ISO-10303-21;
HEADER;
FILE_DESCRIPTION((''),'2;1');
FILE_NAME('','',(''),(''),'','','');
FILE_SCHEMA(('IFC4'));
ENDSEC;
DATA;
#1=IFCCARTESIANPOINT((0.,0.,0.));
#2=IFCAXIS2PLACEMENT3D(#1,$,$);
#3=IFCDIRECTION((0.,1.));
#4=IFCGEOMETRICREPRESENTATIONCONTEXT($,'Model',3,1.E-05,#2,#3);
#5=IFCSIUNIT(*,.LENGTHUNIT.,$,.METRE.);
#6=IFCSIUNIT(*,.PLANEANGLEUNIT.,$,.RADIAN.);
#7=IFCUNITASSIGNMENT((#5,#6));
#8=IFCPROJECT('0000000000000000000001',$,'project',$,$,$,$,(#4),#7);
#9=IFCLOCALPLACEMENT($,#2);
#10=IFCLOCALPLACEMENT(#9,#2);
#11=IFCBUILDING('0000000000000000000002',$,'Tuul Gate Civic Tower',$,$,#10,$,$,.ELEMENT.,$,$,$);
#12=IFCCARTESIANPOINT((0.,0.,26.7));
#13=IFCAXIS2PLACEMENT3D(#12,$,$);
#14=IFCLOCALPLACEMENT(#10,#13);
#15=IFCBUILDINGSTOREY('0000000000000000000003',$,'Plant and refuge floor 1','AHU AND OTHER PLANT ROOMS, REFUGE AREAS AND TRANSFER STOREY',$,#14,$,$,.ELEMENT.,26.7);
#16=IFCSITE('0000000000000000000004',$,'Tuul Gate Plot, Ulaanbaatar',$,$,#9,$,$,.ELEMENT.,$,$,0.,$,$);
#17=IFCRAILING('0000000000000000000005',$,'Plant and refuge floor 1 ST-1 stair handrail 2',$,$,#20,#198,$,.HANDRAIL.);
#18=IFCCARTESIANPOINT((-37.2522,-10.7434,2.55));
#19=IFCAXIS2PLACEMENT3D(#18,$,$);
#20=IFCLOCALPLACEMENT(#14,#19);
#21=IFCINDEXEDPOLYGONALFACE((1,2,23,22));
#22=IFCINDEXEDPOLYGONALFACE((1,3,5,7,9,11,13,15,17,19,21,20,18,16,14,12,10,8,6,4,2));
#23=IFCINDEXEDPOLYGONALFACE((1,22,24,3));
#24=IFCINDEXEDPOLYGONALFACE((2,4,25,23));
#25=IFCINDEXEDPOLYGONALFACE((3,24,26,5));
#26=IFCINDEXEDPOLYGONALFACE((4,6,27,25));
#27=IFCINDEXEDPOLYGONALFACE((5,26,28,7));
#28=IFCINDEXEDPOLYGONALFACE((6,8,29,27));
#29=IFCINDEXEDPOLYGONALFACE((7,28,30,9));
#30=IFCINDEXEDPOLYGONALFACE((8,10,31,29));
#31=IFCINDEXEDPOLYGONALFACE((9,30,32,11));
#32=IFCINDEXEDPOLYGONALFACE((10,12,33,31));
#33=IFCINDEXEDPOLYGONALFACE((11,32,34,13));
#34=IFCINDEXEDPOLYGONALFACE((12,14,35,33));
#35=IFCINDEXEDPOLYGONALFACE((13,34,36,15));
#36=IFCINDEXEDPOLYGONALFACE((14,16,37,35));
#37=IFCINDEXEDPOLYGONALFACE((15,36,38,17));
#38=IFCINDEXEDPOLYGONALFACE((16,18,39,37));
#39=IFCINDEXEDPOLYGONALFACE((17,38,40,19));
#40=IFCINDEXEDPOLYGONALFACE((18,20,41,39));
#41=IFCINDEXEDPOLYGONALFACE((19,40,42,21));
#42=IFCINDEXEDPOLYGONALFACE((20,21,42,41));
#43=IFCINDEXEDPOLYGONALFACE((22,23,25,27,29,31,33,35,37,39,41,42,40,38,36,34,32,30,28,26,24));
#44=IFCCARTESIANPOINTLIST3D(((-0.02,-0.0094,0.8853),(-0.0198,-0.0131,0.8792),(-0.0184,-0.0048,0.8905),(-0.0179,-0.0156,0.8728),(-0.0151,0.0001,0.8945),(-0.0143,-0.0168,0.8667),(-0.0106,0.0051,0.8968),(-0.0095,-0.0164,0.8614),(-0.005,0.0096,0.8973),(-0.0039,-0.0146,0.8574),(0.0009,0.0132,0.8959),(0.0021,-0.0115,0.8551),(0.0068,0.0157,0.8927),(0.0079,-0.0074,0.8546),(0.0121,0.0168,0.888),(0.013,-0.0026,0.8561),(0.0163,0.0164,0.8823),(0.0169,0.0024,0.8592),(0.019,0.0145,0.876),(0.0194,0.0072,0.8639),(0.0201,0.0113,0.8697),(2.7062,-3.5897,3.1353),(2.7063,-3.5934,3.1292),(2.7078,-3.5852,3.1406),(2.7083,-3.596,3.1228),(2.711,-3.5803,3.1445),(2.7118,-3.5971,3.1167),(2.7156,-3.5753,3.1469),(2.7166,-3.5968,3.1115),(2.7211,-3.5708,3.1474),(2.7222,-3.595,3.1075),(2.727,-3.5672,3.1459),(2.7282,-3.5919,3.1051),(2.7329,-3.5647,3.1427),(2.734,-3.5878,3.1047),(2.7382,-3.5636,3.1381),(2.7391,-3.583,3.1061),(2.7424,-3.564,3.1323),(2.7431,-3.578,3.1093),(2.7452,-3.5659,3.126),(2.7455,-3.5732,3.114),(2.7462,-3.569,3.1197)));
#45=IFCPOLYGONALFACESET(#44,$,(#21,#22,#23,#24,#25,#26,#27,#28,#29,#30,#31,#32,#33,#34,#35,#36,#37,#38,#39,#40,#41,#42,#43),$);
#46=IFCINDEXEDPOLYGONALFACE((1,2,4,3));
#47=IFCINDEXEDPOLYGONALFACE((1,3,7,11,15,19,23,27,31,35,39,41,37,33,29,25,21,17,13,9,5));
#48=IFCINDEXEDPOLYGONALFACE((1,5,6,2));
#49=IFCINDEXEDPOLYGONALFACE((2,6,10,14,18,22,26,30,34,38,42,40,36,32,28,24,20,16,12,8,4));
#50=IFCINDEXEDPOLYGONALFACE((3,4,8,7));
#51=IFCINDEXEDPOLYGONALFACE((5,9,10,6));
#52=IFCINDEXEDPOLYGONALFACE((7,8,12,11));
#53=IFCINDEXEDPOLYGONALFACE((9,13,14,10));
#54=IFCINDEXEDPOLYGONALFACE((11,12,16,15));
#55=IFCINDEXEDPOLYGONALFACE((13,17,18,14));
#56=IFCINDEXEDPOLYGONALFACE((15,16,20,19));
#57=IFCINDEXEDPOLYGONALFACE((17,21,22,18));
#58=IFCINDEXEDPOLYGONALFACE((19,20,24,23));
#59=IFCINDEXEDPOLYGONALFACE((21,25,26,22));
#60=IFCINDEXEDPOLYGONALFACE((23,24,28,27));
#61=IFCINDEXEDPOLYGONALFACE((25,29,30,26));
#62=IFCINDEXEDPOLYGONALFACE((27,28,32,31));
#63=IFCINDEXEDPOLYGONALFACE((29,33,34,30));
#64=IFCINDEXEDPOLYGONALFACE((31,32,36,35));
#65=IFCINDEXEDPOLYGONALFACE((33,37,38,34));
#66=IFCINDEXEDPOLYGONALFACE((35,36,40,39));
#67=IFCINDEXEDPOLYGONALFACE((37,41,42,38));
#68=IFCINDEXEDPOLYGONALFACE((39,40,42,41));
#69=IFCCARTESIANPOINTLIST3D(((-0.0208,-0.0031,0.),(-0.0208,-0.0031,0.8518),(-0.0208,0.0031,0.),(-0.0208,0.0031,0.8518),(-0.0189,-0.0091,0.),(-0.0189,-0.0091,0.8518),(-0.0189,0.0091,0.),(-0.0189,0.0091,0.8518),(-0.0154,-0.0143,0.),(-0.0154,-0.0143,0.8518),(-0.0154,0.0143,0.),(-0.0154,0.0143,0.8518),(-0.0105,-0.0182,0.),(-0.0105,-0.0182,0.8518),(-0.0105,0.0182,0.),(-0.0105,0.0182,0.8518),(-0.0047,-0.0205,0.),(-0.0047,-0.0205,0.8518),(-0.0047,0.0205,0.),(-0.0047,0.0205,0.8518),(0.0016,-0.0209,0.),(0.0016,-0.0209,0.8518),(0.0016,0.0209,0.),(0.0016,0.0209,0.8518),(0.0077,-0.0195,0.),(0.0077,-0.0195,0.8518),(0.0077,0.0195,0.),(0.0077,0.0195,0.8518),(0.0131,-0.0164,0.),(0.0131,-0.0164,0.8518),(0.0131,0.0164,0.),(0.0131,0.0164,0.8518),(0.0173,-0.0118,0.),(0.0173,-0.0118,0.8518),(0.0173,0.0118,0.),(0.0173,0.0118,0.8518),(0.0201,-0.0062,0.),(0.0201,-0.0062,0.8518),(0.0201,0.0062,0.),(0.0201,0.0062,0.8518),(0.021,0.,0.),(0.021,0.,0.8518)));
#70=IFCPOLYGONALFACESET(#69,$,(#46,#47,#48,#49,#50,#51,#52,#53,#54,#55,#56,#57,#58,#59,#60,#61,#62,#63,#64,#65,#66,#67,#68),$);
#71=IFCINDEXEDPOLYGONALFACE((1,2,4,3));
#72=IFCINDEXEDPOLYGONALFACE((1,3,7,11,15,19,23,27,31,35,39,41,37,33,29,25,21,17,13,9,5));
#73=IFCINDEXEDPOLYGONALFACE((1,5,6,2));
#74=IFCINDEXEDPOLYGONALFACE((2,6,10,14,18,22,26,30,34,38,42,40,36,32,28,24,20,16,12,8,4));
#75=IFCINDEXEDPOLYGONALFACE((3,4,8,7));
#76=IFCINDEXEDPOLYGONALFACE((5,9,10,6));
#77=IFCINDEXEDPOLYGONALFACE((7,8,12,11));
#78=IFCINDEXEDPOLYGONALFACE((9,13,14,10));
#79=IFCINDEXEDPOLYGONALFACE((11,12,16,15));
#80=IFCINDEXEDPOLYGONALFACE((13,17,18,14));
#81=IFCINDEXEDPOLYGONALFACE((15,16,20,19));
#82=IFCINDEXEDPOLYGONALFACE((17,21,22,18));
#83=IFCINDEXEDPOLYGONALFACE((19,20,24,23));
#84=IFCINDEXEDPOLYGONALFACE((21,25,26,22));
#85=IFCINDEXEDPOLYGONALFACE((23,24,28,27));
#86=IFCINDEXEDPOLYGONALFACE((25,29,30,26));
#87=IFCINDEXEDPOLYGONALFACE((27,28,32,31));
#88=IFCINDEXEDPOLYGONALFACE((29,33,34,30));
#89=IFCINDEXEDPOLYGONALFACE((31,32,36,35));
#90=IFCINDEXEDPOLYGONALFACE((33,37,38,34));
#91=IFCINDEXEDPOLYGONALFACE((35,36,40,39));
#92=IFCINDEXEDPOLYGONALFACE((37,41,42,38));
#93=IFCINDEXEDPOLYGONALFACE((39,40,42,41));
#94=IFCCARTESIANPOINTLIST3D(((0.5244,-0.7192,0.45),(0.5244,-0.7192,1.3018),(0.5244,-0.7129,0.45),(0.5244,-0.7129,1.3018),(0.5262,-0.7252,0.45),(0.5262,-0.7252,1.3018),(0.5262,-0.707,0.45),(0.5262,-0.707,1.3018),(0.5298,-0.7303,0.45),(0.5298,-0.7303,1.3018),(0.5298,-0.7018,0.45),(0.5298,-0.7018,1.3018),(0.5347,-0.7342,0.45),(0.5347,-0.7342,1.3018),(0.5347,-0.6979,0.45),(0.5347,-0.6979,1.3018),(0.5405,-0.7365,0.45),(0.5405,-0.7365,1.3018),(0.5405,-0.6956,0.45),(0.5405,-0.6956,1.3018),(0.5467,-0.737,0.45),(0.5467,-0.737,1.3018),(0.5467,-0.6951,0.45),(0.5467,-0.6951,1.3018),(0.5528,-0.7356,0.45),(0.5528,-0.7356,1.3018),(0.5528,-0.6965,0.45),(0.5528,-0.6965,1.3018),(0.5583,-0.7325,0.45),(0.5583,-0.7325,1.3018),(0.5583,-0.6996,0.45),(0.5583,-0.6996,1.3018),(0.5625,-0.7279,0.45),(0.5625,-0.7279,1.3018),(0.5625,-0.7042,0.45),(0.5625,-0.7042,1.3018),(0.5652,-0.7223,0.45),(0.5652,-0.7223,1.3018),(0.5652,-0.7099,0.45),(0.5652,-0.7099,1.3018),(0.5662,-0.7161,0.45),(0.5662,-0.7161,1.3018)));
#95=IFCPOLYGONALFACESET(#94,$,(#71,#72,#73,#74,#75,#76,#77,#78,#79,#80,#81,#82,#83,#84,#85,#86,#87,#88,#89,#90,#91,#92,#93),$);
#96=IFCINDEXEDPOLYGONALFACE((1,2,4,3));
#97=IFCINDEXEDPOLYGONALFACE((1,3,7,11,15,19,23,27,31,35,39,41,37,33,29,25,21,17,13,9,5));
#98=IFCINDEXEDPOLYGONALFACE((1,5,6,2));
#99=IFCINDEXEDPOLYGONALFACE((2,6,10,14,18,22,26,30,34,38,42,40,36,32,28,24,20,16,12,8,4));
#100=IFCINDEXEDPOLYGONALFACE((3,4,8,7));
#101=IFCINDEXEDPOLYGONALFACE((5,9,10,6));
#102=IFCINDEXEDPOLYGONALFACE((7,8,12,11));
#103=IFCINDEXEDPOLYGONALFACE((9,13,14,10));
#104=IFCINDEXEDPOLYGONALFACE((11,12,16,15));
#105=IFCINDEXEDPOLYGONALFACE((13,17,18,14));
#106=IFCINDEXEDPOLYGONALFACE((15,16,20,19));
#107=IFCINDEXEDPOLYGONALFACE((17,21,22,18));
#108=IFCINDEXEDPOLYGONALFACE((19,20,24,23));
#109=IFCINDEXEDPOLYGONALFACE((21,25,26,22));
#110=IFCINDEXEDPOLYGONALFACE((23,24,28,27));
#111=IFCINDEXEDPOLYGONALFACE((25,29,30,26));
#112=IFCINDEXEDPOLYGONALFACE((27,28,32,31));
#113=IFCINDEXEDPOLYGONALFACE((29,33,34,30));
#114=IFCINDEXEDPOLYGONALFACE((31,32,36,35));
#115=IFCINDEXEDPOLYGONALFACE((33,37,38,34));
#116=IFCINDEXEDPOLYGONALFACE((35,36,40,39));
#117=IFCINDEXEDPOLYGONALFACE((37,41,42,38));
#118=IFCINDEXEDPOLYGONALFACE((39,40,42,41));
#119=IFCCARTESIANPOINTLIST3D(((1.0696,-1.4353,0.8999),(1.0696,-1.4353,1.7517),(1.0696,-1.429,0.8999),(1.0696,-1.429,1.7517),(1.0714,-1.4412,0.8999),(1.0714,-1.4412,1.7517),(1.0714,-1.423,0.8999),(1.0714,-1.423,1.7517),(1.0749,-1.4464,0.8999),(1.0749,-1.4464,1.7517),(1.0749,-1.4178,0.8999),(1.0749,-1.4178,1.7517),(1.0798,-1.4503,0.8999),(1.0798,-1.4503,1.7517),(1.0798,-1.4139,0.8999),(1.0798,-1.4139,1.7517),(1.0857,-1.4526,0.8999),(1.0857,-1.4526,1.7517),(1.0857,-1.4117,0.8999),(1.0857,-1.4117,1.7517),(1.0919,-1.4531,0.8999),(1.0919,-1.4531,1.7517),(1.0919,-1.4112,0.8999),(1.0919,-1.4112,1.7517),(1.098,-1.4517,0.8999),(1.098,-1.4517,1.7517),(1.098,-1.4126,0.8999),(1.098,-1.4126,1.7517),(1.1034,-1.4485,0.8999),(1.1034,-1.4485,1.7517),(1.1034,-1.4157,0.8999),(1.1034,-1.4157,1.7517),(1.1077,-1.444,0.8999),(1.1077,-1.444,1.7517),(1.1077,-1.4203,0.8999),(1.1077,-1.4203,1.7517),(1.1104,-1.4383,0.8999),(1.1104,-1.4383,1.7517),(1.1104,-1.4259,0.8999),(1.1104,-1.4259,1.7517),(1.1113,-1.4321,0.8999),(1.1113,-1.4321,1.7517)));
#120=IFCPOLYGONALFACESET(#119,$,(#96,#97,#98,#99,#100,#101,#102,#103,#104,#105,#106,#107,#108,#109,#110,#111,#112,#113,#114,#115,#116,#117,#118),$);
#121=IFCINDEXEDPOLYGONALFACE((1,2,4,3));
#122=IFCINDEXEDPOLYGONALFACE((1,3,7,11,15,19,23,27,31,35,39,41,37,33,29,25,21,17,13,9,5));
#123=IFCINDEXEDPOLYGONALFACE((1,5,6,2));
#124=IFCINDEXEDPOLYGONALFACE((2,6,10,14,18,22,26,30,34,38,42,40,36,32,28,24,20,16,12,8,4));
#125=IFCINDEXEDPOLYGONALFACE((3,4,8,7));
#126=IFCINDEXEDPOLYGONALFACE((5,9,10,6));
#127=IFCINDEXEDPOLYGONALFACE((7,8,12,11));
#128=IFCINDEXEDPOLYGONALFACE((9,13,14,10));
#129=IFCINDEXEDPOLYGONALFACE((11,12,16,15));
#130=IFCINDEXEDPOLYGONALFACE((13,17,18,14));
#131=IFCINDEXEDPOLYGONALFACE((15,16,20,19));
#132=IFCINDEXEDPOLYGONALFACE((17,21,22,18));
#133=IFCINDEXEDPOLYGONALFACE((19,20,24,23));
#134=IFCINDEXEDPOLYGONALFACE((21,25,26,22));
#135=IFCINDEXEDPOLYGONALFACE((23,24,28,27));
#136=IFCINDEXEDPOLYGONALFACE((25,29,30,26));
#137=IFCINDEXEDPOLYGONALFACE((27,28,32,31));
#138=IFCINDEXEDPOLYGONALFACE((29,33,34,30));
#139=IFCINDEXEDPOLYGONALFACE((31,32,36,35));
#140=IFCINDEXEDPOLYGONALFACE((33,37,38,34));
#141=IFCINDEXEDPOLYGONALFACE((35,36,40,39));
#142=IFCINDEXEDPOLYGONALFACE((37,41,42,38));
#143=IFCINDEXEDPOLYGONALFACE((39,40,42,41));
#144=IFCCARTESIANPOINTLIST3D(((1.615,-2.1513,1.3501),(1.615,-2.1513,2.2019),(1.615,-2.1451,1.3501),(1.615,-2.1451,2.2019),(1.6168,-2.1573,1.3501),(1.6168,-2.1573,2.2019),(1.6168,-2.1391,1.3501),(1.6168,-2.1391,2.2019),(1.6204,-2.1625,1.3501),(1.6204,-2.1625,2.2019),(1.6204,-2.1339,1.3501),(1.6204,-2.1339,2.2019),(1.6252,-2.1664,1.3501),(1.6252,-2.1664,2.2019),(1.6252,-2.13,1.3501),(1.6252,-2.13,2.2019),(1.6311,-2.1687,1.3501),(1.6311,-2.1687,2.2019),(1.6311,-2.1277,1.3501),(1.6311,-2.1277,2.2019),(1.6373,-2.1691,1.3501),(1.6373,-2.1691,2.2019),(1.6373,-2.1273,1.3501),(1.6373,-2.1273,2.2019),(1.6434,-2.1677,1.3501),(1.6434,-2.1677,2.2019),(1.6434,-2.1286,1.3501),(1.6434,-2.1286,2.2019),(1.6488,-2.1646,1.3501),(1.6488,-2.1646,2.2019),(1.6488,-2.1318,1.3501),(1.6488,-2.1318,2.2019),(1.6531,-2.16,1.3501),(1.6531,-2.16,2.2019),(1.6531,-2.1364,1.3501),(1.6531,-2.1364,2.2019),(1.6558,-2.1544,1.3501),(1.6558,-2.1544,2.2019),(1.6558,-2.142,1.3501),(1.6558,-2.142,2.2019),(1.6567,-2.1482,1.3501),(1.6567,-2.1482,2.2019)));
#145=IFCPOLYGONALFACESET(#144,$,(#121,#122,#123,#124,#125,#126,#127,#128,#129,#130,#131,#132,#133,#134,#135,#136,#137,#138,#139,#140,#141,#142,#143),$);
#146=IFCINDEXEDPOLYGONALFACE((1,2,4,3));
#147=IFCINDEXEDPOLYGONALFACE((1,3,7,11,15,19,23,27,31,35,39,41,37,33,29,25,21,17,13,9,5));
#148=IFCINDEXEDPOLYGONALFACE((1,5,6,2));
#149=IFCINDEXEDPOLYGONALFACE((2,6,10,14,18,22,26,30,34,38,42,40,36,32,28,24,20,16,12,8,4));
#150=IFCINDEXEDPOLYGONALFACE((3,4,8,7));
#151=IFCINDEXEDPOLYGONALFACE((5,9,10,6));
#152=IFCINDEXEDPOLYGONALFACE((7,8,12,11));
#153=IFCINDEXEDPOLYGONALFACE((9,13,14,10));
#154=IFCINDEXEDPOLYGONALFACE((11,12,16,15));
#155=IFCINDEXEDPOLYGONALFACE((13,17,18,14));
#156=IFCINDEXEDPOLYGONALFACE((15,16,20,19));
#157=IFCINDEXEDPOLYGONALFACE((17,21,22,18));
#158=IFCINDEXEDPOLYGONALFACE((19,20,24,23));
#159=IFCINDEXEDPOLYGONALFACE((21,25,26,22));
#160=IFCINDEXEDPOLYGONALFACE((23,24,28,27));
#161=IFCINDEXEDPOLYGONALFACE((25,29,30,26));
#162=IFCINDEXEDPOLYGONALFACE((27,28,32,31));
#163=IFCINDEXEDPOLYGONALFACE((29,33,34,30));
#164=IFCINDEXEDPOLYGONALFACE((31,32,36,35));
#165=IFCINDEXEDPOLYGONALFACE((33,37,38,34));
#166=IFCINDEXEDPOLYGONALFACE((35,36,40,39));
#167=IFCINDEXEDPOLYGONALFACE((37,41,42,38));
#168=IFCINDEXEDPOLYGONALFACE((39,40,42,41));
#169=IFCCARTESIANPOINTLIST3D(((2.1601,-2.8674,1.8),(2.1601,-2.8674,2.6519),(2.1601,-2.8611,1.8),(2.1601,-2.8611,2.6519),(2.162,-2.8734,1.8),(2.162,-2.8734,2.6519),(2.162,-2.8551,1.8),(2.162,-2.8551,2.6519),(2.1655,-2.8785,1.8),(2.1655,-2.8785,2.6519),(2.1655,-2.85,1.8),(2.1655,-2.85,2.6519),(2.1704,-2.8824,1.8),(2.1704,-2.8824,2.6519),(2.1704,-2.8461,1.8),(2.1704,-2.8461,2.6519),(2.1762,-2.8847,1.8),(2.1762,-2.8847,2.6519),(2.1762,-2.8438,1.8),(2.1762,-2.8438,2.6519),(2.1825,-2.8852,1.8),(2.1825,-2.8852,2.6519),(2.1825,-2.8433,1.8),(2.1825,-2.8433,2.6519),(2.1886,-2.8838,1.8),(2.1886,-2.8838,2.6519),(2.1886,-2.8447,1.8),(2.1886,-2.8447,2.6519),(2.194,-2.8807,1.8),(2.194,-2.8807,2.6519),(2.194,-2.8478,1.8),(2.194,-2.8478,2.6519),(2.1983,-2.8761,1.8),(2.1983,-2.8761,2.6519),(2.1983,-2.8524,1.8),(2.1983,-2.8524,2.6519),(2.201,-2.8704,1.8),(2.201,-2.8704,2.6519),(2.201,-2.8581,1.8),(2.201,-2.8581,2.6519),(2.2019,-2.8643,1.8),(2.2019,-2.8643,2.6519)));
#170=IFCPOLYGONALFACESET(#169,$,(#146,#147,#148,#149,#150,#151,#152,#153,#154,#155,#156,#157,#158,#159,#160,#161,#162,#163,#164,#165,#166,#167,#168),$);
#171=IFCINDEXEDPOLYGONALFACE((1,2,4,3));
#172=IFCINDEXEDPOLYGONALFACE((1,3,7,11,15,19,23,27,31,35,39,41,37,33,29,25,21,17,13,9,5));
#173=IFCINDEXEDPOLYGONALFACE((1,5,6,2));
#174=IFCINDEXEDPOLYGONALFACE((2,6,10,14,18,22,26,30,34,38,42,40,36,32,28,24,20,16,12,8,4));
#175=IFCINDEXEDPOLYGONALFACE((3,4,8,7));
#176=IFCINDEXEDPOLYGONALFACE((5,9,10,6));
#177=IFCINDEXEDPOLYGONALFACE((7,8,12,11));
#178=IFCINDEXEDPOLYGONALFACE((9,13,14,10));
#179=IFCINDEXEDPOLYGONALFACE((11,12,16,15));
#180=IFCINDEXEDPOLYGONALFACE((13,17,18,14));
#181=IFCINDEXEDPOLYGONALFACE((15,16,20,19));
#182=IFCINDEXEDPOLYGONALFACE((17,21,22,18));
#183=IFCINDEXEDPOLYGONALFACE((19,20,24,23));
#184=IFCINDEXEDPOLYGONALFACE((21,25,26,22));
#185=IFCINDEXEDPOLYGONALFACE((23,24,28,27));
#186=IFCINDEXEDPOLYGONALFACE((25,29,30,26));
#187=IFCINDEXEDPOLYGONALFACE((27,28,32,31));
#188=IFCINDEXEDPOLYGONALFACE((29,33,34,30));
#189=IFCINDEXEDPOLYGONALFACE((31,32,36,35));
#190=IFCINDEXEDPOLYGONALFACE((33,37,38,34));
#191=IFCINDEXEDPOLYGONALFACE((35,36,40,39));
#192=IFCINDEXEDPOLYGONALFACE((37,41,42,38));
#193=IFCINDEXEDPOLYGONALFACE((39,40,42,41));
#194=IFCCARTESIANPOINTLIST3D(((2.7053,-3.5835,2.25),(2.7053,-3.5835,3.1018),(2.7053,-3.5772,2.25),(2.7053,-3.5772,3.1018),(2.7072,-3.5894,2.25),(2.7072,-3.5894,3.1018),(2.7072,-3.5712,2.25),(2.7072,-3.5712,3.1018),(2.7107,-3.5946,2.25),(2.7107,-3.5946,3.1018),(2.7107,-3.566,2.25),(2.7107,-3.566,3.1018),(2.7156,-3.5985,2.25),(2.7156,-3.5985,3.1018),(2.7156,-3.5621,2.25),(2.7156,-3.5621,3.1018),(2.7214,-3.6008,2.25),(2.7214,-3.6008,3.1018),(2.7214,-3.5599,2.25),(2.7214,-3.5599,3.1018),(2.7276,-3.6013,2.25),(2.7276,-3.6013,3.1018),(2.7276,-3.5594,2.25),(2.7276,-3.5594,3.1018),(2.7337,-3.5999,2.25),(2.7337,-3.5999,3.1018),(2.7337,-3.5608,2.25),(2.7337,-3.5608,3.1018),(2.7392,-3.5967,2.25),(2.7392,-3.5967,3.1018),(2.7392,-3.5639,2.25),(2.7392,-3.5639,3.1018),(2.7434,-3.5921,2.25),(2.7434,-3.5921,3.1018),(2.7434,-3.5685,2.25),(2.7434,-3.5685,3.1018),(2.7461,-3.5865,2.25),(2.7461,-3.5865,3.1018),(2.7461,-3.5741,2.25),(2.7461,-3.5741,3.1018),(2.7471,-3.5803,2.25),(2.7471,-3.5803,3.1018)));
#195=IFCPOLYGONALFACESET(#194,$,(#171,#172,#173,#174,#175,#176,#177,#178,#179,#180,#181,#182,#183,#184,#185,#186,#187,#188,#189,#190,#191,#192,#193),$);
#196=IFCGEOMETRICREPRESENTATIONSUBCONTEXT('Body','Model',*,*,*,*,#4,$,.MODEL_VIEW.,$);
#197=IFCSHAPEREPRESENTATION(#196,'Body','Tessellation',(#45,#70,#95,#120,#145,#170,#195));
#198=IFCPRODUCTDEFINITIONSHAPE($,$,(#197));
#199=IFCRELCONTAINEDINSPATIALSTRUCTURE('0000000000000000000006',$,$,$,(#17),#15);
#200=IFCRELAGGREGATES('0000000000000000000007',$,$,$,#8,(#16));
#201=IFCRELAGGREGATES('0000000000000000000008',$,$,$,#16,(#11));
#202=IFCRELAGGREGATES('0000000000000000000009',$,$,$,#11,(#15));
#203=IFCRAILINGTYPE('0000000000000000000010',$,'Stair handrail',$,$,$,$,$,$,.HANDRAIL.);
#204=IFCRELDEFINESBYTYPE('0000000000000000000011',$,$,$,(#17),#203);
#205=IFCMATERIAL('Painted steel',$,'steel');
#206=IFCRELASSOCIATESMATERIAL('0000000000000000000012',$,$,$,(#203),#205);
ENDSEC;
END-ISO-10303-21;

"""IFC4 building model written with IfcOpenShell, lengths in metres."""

from ifc_helpers import new_model, si_unit, direction, frame, origin, origin_2d, place, context, subcontext, project, spatial, circle, extrude, material, type_object, element, save


model = new_model("IFC4")

# Units and contexts
model_context = context("Model", 3, precision=1e-05, world=origin(), true_north=direction((0.0, 1.0)))
body_context = subcontext(model_context, "Body", "Model", "MODEL_VIEW")
ifc_project = project(units=[si_unit("LENGTHUNIT", "METRE"), si_unit("PLANEANGLEUNIT", "RADIAN")], contexts=[model_context])

# Site, building, storey
site_placement = place(None, origin())
site = spatial("IfcSite", under=ifc_project, at=site_placement, Name="Tuul Gate Plot, Ulaanbaatar", CompositionType="ELEMENT", RefElevation=0.0)
building_placement = place(site_placement, origin())
building = spatial("IfcBuilding", under=site, at=building_placement, Name="Tuul Gate Civic Tower", CompositionType="ELEMENT")
storey_placement = place(building_placement, frame((0.0, 0.0, 26.7)))
storey = spatial("IfcBuildingStorey", under=building, at=storey_placement, Name="Plant and refuge floor 1", Description="AHU AND OTHER PLANT ROOMS, REFUGE AREAS AND TRANSFER STOREY", CompositionType="ELEMENT", Elevation=26.7)

# Railing
ifc_material_1 = material(Name="Painted steel", Category="steel")
railing_type_1 = type_object("IfcRailingType", Name="Stair handrail", PredefinedType="HANDRAIL", material=ifc_material_1)
railing_1_placement = place(storey_placement, frame((-37.2522, -10.7434, 2.55)))
element("IfcRailing", 1, at=railing_1_placement, inside=storey, type_object=railing_type_1, Name="Plant and refuge floor 1 ST-1 stair handrail 2", PredefinedType="HANDRAIL", context=body_context, shape_type="SweptSolid", body=[
    extrude(circle(Radius=0.0239, at=origin_2d()), frame((0.0, 0.0, 0.876), z_axis=(0.541837, -0.711628, 0.447212), x_axis=(0.795623, 0.605791, 0.0)), (0.0, 0.0, 1.0), 5.0312),
    extrude(circle(Radius=0.021, at=origin_2d()), origin(), (0.0, 0.0, 1.0), 0.8518),
    extrude(circle(Radius=0.021, at=origin_2d()), frame((0.5452, -0.7161, 0.45)), (0.0, 0.0, 1.0), 0.8518),
    extrude(circle(Radius=0.021, at=origin_2d()), frame((1.0903, -1.4321, 0.8999)), (0.0, 0.0, 1.0), 0.8518),
    extrude(circle(Radius=0.021, at=origin_2d()), frame((1.6357, -2.1482, 1.3501)), (0.0, 0.0, 1.0), 0.8518),
    extrude(circle(Radius=0.021, at=origin_2d()), frame((2.1809, -2.8643, 1.8)), (0.0, 0.0, 1.0), 0.8518),
    extrude(circle(Radius=0.021, at=origin_2d()), frame((2.7261, -3.5803, 2.25)), (0.0, 0.0, 1.0), 0.8518),
])

save(model, "model.ifc")
